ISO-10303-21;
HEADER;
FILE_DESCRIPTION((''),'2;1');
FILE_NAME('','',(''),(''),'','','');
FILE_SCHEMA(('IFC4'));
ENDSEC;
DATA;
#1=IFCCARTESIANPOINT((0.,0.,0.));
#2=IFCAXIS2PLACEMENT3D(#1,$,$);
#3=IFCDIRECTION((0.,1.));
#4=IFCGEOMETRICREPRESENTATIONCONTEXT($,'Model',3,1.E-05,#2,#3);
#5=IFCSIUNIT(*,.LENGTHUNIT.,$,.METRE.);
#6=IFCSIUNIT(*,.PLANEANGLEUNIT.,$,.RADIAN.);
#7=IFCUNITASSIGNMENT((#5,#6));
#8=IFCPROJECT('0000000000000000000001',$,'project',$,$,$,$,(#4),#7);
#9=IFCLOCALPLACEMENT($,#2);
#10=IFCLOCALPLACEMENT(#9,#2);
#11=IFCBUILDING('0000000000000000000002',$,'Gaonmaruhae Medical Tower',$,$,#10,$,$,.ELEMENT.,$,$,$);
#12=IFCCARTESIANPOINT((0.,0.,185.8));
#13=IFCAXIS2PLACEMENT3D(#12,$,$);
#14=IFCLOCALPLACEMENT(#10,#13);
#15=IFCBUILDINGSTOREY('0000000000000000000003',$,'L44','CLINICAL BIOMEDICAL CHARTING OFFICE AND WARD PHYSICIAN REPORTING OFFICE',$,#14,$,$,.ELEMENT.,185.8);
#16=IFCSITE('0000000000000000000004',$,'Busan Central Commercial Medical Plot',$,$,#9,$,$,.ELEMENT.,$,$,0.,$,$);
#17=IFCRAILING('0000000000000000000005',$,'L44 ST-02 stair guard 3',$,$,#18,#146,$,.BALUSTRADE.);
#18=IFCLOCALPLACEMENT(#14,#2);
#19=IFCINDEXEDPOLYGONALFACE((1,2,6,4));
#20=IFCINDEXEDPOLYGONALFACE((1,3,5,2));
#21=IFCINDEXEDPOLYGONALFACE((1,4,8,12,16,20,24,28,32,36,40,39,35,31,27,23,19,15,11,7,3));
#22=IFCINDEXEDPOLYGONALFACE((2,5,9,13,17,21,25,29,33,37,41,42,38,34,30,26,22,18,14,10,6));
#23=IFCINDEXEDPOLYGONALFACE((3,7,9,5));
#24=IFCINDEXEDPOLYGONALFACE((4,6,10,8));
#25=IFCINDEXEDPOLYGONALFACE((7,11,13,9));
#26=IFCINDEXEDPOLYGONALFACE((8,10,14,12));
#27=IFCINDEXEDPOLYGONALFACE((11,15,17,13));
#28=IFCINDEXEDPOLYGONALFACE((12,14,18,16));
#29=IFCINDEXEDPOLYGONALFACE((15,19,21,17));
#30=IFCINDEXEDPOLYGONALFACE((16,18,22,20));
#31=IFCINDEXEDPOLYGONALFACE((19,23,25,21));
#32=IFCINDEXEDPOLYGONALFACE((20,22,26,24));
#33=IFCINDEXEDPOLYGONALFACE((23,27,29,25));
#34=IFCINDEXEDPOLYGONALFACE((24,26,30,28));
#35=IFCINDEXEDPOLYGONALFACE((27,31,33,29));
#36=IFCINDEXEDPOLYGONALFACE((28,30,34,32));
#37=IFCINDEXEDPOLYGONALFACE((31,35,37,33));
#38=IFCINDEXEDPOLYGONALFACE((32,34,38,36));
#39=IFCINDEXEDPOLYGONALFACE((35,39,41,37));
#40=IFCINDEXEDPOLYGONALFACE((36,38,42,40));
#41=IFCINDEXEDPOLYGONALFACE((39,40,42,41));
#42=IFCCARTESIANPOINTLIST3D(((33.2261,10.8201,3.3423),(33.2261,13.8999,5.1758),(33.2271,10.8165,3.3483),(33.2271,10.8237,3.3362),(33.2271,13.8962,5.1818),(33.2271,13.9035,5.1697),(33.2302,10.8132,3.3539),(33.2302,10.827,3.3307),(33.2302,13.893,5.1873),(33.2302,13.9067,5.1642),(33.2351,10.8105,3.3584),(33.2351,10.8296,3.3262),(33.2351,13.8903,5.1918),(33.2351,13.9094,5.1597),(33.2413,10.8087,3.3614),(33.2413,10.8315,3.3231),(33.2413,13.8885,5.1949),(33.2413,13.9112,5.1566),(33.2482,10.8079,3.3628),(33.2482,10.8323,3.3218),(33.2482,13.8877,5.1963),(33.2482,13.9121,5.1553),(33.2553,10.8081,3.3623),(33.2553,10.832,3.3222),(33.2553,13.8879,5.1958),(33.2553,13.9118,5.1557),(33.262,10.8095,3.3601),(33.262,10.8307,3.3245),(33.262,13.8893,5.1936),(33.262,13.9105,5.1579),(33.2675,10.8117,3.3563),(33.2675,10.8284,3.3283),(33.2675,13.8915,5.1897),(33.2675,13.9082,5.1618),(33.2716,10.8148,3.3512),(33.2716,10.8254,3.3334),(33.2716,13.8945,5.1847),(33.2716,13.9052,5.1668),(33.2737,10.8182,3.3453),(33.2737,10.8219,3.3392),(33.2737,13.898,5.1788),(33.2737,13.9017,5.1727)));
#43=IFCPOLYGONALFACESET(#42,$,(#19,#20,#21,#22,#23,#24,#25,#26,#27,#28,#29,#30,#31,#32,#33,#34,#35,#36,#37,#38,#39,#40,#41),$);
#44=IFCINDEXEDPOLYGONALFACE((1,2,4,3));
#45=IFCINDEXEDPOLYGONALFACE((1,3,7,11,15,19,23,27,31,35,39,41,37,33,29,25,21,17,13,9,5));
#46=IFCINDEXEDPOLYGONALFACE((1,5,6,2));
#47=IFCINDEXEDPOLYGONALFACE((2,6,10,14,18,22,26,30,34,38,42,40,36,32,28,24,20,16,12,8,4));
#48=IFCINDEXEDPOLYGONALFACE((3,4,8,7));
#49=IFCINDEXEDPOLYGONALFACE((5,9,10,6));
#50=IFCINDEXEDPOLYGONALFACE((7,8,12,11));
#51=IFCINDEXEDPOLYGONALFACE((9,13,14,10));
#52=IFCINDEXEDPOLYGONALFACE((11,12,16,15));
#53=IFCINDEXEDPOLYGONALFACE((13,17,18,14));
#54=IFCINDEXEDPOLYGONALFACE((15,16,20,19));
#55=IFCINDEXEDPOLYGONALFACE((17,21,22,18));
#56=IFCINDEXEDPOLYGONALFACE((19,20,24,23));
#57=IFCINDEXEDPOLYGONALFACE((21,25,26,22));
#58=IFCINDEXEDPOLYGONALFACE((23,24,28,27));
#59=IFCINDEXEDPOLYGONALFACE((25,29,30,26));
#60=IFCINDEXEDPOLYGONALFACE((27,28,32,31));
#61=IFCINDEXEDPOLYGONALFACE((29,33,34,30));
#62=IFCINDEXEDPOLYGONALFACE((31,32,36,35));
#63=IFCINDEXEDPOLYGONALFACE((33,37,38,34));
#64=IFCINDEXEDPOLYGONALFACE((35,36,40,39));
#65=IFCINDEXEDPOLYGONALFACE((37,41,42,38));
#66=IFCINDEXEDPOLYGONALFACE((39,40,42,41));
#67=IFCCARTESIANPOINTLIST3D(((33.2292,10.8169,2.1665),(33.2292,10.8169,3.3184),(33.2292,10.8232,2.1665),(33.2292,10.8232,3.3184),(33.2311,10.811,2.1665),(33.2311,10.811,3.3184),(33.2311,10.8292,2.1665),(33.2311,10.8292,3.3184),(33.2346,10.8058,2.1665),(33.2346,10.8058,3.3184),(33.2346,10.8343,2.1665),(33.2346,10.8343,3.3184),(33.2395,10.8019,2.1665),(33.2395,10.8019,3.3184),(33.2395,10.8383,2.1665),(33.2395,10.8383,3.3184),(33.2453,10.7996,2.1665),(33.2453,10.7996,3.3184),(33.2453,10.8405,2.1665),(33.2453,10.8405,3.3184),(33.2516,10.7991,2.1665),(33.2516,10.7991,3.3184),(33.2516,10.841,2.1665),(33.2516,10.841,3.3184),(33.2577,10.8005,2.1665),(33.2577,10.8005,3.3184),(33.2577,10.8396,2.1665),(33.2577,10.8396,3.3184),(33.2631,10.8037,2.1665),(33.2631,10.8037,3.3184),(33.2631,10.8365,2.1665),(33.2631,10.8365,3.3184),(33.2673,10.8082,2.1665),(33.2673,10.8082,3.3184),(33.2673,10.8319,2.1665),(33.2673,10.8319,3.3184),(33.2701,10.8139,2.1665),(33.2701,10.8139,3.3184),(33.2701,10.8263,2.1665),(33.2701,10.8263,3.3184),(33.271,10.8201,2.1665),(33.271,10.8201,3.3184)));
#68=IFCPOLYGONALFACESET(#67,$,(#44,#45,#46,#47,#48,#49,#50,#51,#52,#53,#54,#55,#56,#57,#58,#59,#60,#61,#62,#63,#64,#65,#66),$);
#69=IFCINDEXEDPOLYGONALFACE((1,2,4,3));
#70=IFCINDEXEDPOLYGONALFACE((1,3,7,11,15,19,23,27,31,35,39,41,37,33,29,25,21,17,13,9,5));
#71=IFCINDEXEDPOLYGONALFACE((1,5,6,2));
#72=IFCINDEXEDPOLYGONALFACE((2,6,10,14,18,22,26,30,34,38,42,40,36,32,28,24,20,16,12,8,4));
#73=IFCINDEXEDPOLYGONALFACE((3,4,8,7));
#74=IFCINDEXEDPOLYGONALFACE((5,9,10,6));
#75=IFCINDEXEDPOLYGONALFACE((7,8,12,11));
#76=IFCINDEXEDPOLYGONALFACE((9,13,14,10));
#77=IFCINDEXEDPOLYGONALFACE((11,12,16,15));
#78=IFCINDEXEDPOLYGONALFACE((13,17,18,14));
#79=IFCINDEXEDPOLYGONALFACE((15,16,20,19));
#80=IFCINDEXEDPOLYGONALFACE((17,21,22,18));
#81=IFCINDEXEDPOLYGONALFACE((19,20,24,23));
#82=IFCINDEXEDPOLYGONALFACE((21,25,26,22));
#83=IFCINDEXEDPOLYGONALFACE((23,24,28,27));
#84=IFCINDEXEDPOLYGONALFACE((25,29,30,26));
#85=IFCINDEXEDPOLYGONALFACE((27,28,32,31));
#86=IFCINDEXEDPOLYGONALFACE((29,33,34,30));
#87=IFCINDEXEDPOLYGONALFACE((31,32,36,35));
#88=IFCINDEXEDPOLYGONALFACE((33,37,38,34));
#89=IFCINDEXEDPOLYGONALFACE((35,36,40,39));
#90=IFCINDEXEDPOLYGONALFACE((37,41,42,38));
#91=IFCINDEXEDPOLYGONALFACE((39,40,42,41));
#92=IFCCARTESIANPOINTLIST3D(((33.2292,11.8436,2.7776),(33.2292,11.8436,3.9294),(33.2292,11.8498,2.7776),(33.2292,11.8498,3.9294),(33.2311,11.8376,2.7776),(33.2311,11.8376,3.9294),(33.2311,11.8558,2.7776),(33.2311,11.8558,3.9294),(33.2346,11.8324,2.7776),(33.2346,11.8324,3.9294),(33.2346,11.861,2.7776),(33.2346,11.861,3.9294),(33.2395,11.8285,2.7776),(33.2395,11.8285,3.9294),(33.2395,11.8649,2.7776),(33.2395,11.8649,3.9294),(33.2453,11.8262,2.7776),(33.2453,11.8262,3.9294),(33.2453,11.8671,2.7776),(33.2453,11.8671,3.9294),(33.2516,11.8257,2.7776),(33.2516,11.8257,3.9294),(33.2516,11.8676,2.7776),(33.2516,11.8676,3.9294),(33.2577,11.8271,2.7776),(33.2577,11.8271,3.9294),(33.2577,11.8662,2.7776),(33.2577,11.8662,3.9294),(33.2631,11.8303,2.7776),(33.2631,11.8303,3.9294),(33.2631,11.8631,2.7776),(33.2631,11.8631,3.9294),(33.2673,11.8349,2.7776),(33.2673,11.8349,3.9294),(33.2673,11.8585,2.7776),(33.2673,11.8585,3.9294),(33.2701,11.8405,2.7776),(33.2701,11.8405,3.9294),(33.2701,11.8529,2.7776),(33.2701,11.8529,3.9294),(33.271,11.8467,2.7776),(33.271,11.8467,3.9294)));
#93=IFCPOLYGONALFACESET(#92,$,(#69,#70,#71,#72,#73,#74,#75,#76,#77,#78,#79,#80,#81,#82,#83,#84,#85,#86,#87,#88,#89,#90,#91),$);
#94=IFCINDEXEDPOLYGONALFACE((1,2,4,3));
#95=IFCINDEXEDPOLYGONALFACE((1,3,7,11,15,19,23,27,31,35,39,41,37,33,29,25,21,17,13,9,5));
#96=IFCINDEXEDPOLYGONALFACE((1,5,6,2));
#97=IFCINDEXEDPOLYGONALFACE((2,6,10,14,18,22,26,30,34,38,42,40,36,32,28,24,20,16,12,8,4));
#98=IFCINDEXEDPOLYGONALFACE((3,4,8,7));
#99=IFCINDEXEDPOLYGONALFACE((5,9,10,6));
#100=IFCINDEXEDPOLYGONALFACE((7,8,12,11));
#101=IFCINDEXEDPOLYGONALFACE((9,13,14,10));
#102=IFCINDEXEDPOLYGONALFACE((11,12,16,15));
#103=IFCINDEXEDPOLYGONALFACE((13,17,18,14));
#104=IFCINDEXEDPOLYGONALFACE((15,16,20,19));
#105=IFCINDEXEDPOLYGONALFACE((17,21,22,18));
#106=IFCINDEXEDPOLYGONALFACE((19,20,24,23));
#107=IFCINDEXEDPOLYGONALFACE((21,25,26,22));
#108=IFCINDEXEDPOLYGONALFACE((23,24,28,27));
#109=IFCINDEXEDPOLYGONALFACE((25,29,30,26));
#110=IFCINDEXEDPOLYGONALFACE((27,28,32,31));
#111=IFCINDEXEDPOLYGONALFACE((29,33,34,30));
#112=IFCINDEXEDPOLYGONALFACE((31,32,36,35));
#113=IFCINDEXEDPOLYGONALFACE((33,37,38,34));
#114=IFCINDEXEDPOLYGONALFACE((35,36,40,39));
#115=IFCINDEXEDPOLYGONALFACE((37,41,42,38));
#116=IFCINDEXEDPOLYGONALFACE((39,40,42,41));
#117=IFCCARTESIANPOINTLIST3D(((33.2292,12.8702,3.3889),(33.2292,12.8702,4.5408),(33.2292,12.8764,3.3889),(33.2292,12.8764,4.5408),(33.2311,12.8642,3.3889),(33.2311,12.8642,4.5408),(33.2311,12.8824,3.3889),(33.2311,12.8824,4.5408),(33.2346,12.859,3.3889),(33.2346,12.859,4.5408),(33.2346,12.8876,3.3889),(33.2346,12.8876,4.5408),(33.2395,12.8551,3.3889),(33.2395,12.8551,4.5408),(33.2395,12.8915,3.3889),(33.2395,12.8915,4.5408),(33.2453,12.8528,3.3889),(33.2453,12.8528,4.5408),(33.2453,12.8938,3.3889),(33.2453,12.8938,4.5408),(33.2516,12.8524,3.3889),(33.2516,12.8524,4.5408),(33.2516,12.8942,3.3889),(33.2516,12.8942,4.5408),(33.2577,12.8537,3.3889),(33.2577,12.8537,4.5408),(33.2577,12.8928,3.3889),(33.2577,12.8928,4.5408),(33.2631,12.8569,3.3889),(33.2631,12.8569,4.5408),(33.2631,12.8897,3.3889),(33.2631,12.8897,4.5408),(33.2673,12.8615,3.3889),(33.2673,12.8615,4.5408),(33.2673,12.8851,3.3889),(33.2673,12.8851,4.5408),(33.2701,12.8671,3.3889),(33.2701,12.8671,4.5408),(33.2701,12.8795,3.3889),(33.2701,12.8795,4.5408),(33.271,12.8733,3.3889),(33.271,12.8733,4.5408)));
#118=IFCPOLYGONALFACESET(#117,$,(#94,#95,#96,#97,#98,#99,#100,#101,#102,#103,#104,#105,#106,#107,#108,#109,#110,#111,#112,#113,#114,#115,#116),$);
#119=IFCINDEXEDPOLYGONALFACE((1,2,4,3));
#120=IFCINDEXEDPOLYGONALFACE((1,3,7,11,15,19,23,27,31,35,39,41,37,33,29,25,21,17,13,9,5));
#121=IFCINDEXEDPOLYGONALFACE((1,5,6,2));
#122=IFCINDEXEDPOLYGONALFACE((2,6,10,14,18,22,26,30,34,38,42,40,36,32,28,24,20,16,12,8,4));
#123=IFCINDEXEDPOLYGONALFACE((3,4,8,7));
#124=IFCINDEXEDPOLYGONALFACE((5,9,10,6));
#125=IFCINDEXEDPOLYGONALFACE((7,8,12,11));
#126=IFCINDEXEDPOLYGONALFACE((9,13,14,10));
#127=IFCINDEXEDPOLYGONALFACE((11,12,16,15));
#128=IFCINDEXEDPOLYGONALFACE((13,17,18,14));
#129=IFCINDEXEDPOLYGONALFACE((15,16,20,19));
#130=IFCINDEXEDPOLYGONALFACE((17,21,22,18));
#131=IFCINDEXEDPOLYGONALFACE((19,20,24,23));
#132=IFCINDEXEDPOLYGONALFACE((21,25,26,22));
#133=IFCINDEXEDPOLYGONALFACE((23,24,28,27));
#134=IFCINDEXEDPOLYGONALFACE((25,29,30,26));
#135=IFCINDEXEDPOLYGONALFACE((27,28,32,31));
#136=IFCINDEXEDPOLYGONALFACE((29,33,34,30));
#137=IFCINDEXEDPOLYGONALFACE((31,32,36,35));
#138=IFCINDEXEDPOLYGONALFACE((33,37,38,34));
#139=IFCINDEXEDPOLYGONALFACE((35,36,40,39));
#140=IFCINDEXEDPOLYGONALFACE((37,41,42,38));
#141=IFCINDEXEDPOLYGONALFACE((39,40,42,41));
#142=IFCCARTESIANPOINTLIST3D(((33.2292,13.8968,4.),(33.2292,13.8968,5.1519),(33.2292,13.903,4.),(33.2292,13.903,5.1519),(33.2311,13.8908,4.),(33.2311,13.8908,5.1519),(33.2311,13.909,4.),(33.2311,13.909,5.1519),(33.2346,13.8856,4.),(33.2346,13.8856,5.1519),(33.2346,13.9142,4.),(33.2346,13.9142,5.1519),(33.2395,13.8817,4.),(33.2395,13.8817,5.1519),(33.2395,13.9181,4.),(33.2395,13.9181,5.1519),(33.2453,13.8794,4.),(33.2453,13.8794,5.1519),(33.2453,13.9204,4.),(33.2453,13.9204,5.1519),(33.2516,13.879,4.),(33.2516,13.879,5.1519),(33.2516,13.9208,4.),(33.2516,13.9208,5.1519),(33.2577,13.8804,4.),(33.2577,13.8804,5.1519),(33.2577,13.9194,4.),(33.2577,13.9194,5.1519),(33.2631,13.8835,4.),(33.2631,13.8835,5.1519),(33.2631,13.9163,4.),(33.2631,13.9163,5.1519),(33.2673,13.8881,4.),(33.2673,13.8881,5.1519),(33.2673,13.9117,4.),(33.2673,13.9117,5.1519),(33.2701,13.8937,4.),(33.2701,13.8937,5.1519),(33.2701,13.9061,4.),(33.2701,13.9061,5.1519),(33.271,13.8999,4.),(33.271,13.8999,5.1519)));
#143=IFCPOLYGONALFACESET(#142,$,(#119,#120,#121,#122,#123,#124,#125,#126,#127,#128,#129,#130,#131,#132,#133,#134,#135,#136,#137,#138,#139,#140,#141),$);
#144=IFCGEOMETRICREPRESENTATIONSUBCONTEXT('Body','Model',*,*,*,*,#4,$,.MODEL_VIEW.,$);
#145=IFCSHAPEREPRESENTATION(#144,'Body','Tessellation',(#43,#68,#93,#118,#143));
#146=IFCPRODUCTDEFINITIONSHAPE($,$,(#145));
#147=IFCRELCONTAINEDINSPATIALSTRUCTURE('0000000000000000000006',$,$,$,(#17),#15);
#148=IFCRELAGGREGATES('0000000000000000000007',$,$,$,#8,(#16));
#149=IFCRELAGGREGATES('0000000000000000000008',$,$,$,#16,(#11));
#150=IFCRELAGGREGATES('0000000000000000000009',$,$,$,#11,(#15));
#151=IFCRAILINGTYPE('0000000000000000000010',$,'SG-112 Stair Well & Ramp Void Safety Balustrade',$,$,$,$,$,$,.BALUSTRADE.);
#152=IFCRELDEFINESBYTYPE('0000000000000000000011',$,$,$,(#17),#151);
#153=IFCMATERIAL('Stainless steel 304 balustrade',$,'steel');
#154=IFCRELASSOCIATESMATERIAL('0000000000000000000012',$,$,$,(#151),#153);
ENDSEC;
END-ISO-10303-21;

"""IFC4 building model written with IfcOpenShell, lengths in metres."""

from ifc_helpers import new_model, si_unit, direction, frame, origin, origin_2d, place, context, subcontext, project, spatial, circle, extrude, material, type_object, element, save


model = new_model("IFC4")

# Units and contexts
model_context = context("Model", 3, precision=1e-05, world=origin(), true_north=direction((0.0, 1.0)))
body_context = subcontext(model_context, "Body", "Model", "MODEL_VIEW")
ifc_project = project(units=[si_unit("LENGTHUNIT", "METRE"), si_unit("PLANEANGLEUNIT", "RADIAN")], contexts=[model_context])

# Site, building, storey
site_placement = place(None, origin())
site = spatial("IfcSite", under=ifc_project, at=site_placement, Name="Busan Central Commercial Medical Plot", CompositionType="ELEMENT", RefElevation=0.0)
building_placement = place(site_placement, origin())
building = spatial("IfcBuilding", under=site, at=building_placement, Name="Gaonmaruhae Medical Tower", CompositionType="ELEMENT")
storey_placement = place(building_placement, frame((0.0, 0.0, 185.8)))
storey = spatial("IfcBuildingStorey", under=building, at=storey_placement, Name="L44", Description="CLINICAL BIOMEDICAL CHARTING OFFICE AND WARD PHYSICIAN REPORTING OFFICE", CompositionType="ELEMENT", Elevation=185.8)

# Railing
ifc_material_1 = material(Name="Stainless steel 304 balustrade", Category="steel")
railing_type_1 = type_object("IfcRailingType", Name="SG-112 Stair Well & Ramp Void Safety Balustrade", PredefinedType="BALUSTRADE", material=ifc_material_1)
railing_1_placement = place(storey_placement, frame((33.25, 10.8201, 2.1665)))
element("IfcRailing", 1, at=railing_1_placement, inside=storey, type_object=railing_type_1, Name="L44 ST-02 stair guard 3", PredefinedType="BALUSTRADE", context=body_context, shape_type="SweptSolid", body=[
    extrude(circle(Radius=0.0239, at=origin_2d()), frame((0.0, 0.0, 1.1758), z_axis=(0.0, 0.859261, 0.511538), x_axis=(-1.0, 0.0, 0.0)), (0.0, 0.0, 1.0), 3.5842),
    extrude(circle(Radius=0.021, at=origin_2d()), origin(), (0.0, 0.0, 1.0), 1.1519),
    extrude(circle(Radius=0.021, at=origin_2d()), frame((0.0, 1.0266, 0.6111)), (0.0, 0.0, 1.0), 1.1519),
    extrude(circle(Radius=0.021, at=origin_2d()), frame((0.0, 2.0532, 1.2224)), (0.0, 0.0, 1.0), 1.1519),
    extrude(circle(Radius=0.021, at=origin_2d()), frame((0.0, 3.0798, 1.8335)), (0.0, 0.0, 1.0), 1.1519),
])

save(model, "model.ifc")
